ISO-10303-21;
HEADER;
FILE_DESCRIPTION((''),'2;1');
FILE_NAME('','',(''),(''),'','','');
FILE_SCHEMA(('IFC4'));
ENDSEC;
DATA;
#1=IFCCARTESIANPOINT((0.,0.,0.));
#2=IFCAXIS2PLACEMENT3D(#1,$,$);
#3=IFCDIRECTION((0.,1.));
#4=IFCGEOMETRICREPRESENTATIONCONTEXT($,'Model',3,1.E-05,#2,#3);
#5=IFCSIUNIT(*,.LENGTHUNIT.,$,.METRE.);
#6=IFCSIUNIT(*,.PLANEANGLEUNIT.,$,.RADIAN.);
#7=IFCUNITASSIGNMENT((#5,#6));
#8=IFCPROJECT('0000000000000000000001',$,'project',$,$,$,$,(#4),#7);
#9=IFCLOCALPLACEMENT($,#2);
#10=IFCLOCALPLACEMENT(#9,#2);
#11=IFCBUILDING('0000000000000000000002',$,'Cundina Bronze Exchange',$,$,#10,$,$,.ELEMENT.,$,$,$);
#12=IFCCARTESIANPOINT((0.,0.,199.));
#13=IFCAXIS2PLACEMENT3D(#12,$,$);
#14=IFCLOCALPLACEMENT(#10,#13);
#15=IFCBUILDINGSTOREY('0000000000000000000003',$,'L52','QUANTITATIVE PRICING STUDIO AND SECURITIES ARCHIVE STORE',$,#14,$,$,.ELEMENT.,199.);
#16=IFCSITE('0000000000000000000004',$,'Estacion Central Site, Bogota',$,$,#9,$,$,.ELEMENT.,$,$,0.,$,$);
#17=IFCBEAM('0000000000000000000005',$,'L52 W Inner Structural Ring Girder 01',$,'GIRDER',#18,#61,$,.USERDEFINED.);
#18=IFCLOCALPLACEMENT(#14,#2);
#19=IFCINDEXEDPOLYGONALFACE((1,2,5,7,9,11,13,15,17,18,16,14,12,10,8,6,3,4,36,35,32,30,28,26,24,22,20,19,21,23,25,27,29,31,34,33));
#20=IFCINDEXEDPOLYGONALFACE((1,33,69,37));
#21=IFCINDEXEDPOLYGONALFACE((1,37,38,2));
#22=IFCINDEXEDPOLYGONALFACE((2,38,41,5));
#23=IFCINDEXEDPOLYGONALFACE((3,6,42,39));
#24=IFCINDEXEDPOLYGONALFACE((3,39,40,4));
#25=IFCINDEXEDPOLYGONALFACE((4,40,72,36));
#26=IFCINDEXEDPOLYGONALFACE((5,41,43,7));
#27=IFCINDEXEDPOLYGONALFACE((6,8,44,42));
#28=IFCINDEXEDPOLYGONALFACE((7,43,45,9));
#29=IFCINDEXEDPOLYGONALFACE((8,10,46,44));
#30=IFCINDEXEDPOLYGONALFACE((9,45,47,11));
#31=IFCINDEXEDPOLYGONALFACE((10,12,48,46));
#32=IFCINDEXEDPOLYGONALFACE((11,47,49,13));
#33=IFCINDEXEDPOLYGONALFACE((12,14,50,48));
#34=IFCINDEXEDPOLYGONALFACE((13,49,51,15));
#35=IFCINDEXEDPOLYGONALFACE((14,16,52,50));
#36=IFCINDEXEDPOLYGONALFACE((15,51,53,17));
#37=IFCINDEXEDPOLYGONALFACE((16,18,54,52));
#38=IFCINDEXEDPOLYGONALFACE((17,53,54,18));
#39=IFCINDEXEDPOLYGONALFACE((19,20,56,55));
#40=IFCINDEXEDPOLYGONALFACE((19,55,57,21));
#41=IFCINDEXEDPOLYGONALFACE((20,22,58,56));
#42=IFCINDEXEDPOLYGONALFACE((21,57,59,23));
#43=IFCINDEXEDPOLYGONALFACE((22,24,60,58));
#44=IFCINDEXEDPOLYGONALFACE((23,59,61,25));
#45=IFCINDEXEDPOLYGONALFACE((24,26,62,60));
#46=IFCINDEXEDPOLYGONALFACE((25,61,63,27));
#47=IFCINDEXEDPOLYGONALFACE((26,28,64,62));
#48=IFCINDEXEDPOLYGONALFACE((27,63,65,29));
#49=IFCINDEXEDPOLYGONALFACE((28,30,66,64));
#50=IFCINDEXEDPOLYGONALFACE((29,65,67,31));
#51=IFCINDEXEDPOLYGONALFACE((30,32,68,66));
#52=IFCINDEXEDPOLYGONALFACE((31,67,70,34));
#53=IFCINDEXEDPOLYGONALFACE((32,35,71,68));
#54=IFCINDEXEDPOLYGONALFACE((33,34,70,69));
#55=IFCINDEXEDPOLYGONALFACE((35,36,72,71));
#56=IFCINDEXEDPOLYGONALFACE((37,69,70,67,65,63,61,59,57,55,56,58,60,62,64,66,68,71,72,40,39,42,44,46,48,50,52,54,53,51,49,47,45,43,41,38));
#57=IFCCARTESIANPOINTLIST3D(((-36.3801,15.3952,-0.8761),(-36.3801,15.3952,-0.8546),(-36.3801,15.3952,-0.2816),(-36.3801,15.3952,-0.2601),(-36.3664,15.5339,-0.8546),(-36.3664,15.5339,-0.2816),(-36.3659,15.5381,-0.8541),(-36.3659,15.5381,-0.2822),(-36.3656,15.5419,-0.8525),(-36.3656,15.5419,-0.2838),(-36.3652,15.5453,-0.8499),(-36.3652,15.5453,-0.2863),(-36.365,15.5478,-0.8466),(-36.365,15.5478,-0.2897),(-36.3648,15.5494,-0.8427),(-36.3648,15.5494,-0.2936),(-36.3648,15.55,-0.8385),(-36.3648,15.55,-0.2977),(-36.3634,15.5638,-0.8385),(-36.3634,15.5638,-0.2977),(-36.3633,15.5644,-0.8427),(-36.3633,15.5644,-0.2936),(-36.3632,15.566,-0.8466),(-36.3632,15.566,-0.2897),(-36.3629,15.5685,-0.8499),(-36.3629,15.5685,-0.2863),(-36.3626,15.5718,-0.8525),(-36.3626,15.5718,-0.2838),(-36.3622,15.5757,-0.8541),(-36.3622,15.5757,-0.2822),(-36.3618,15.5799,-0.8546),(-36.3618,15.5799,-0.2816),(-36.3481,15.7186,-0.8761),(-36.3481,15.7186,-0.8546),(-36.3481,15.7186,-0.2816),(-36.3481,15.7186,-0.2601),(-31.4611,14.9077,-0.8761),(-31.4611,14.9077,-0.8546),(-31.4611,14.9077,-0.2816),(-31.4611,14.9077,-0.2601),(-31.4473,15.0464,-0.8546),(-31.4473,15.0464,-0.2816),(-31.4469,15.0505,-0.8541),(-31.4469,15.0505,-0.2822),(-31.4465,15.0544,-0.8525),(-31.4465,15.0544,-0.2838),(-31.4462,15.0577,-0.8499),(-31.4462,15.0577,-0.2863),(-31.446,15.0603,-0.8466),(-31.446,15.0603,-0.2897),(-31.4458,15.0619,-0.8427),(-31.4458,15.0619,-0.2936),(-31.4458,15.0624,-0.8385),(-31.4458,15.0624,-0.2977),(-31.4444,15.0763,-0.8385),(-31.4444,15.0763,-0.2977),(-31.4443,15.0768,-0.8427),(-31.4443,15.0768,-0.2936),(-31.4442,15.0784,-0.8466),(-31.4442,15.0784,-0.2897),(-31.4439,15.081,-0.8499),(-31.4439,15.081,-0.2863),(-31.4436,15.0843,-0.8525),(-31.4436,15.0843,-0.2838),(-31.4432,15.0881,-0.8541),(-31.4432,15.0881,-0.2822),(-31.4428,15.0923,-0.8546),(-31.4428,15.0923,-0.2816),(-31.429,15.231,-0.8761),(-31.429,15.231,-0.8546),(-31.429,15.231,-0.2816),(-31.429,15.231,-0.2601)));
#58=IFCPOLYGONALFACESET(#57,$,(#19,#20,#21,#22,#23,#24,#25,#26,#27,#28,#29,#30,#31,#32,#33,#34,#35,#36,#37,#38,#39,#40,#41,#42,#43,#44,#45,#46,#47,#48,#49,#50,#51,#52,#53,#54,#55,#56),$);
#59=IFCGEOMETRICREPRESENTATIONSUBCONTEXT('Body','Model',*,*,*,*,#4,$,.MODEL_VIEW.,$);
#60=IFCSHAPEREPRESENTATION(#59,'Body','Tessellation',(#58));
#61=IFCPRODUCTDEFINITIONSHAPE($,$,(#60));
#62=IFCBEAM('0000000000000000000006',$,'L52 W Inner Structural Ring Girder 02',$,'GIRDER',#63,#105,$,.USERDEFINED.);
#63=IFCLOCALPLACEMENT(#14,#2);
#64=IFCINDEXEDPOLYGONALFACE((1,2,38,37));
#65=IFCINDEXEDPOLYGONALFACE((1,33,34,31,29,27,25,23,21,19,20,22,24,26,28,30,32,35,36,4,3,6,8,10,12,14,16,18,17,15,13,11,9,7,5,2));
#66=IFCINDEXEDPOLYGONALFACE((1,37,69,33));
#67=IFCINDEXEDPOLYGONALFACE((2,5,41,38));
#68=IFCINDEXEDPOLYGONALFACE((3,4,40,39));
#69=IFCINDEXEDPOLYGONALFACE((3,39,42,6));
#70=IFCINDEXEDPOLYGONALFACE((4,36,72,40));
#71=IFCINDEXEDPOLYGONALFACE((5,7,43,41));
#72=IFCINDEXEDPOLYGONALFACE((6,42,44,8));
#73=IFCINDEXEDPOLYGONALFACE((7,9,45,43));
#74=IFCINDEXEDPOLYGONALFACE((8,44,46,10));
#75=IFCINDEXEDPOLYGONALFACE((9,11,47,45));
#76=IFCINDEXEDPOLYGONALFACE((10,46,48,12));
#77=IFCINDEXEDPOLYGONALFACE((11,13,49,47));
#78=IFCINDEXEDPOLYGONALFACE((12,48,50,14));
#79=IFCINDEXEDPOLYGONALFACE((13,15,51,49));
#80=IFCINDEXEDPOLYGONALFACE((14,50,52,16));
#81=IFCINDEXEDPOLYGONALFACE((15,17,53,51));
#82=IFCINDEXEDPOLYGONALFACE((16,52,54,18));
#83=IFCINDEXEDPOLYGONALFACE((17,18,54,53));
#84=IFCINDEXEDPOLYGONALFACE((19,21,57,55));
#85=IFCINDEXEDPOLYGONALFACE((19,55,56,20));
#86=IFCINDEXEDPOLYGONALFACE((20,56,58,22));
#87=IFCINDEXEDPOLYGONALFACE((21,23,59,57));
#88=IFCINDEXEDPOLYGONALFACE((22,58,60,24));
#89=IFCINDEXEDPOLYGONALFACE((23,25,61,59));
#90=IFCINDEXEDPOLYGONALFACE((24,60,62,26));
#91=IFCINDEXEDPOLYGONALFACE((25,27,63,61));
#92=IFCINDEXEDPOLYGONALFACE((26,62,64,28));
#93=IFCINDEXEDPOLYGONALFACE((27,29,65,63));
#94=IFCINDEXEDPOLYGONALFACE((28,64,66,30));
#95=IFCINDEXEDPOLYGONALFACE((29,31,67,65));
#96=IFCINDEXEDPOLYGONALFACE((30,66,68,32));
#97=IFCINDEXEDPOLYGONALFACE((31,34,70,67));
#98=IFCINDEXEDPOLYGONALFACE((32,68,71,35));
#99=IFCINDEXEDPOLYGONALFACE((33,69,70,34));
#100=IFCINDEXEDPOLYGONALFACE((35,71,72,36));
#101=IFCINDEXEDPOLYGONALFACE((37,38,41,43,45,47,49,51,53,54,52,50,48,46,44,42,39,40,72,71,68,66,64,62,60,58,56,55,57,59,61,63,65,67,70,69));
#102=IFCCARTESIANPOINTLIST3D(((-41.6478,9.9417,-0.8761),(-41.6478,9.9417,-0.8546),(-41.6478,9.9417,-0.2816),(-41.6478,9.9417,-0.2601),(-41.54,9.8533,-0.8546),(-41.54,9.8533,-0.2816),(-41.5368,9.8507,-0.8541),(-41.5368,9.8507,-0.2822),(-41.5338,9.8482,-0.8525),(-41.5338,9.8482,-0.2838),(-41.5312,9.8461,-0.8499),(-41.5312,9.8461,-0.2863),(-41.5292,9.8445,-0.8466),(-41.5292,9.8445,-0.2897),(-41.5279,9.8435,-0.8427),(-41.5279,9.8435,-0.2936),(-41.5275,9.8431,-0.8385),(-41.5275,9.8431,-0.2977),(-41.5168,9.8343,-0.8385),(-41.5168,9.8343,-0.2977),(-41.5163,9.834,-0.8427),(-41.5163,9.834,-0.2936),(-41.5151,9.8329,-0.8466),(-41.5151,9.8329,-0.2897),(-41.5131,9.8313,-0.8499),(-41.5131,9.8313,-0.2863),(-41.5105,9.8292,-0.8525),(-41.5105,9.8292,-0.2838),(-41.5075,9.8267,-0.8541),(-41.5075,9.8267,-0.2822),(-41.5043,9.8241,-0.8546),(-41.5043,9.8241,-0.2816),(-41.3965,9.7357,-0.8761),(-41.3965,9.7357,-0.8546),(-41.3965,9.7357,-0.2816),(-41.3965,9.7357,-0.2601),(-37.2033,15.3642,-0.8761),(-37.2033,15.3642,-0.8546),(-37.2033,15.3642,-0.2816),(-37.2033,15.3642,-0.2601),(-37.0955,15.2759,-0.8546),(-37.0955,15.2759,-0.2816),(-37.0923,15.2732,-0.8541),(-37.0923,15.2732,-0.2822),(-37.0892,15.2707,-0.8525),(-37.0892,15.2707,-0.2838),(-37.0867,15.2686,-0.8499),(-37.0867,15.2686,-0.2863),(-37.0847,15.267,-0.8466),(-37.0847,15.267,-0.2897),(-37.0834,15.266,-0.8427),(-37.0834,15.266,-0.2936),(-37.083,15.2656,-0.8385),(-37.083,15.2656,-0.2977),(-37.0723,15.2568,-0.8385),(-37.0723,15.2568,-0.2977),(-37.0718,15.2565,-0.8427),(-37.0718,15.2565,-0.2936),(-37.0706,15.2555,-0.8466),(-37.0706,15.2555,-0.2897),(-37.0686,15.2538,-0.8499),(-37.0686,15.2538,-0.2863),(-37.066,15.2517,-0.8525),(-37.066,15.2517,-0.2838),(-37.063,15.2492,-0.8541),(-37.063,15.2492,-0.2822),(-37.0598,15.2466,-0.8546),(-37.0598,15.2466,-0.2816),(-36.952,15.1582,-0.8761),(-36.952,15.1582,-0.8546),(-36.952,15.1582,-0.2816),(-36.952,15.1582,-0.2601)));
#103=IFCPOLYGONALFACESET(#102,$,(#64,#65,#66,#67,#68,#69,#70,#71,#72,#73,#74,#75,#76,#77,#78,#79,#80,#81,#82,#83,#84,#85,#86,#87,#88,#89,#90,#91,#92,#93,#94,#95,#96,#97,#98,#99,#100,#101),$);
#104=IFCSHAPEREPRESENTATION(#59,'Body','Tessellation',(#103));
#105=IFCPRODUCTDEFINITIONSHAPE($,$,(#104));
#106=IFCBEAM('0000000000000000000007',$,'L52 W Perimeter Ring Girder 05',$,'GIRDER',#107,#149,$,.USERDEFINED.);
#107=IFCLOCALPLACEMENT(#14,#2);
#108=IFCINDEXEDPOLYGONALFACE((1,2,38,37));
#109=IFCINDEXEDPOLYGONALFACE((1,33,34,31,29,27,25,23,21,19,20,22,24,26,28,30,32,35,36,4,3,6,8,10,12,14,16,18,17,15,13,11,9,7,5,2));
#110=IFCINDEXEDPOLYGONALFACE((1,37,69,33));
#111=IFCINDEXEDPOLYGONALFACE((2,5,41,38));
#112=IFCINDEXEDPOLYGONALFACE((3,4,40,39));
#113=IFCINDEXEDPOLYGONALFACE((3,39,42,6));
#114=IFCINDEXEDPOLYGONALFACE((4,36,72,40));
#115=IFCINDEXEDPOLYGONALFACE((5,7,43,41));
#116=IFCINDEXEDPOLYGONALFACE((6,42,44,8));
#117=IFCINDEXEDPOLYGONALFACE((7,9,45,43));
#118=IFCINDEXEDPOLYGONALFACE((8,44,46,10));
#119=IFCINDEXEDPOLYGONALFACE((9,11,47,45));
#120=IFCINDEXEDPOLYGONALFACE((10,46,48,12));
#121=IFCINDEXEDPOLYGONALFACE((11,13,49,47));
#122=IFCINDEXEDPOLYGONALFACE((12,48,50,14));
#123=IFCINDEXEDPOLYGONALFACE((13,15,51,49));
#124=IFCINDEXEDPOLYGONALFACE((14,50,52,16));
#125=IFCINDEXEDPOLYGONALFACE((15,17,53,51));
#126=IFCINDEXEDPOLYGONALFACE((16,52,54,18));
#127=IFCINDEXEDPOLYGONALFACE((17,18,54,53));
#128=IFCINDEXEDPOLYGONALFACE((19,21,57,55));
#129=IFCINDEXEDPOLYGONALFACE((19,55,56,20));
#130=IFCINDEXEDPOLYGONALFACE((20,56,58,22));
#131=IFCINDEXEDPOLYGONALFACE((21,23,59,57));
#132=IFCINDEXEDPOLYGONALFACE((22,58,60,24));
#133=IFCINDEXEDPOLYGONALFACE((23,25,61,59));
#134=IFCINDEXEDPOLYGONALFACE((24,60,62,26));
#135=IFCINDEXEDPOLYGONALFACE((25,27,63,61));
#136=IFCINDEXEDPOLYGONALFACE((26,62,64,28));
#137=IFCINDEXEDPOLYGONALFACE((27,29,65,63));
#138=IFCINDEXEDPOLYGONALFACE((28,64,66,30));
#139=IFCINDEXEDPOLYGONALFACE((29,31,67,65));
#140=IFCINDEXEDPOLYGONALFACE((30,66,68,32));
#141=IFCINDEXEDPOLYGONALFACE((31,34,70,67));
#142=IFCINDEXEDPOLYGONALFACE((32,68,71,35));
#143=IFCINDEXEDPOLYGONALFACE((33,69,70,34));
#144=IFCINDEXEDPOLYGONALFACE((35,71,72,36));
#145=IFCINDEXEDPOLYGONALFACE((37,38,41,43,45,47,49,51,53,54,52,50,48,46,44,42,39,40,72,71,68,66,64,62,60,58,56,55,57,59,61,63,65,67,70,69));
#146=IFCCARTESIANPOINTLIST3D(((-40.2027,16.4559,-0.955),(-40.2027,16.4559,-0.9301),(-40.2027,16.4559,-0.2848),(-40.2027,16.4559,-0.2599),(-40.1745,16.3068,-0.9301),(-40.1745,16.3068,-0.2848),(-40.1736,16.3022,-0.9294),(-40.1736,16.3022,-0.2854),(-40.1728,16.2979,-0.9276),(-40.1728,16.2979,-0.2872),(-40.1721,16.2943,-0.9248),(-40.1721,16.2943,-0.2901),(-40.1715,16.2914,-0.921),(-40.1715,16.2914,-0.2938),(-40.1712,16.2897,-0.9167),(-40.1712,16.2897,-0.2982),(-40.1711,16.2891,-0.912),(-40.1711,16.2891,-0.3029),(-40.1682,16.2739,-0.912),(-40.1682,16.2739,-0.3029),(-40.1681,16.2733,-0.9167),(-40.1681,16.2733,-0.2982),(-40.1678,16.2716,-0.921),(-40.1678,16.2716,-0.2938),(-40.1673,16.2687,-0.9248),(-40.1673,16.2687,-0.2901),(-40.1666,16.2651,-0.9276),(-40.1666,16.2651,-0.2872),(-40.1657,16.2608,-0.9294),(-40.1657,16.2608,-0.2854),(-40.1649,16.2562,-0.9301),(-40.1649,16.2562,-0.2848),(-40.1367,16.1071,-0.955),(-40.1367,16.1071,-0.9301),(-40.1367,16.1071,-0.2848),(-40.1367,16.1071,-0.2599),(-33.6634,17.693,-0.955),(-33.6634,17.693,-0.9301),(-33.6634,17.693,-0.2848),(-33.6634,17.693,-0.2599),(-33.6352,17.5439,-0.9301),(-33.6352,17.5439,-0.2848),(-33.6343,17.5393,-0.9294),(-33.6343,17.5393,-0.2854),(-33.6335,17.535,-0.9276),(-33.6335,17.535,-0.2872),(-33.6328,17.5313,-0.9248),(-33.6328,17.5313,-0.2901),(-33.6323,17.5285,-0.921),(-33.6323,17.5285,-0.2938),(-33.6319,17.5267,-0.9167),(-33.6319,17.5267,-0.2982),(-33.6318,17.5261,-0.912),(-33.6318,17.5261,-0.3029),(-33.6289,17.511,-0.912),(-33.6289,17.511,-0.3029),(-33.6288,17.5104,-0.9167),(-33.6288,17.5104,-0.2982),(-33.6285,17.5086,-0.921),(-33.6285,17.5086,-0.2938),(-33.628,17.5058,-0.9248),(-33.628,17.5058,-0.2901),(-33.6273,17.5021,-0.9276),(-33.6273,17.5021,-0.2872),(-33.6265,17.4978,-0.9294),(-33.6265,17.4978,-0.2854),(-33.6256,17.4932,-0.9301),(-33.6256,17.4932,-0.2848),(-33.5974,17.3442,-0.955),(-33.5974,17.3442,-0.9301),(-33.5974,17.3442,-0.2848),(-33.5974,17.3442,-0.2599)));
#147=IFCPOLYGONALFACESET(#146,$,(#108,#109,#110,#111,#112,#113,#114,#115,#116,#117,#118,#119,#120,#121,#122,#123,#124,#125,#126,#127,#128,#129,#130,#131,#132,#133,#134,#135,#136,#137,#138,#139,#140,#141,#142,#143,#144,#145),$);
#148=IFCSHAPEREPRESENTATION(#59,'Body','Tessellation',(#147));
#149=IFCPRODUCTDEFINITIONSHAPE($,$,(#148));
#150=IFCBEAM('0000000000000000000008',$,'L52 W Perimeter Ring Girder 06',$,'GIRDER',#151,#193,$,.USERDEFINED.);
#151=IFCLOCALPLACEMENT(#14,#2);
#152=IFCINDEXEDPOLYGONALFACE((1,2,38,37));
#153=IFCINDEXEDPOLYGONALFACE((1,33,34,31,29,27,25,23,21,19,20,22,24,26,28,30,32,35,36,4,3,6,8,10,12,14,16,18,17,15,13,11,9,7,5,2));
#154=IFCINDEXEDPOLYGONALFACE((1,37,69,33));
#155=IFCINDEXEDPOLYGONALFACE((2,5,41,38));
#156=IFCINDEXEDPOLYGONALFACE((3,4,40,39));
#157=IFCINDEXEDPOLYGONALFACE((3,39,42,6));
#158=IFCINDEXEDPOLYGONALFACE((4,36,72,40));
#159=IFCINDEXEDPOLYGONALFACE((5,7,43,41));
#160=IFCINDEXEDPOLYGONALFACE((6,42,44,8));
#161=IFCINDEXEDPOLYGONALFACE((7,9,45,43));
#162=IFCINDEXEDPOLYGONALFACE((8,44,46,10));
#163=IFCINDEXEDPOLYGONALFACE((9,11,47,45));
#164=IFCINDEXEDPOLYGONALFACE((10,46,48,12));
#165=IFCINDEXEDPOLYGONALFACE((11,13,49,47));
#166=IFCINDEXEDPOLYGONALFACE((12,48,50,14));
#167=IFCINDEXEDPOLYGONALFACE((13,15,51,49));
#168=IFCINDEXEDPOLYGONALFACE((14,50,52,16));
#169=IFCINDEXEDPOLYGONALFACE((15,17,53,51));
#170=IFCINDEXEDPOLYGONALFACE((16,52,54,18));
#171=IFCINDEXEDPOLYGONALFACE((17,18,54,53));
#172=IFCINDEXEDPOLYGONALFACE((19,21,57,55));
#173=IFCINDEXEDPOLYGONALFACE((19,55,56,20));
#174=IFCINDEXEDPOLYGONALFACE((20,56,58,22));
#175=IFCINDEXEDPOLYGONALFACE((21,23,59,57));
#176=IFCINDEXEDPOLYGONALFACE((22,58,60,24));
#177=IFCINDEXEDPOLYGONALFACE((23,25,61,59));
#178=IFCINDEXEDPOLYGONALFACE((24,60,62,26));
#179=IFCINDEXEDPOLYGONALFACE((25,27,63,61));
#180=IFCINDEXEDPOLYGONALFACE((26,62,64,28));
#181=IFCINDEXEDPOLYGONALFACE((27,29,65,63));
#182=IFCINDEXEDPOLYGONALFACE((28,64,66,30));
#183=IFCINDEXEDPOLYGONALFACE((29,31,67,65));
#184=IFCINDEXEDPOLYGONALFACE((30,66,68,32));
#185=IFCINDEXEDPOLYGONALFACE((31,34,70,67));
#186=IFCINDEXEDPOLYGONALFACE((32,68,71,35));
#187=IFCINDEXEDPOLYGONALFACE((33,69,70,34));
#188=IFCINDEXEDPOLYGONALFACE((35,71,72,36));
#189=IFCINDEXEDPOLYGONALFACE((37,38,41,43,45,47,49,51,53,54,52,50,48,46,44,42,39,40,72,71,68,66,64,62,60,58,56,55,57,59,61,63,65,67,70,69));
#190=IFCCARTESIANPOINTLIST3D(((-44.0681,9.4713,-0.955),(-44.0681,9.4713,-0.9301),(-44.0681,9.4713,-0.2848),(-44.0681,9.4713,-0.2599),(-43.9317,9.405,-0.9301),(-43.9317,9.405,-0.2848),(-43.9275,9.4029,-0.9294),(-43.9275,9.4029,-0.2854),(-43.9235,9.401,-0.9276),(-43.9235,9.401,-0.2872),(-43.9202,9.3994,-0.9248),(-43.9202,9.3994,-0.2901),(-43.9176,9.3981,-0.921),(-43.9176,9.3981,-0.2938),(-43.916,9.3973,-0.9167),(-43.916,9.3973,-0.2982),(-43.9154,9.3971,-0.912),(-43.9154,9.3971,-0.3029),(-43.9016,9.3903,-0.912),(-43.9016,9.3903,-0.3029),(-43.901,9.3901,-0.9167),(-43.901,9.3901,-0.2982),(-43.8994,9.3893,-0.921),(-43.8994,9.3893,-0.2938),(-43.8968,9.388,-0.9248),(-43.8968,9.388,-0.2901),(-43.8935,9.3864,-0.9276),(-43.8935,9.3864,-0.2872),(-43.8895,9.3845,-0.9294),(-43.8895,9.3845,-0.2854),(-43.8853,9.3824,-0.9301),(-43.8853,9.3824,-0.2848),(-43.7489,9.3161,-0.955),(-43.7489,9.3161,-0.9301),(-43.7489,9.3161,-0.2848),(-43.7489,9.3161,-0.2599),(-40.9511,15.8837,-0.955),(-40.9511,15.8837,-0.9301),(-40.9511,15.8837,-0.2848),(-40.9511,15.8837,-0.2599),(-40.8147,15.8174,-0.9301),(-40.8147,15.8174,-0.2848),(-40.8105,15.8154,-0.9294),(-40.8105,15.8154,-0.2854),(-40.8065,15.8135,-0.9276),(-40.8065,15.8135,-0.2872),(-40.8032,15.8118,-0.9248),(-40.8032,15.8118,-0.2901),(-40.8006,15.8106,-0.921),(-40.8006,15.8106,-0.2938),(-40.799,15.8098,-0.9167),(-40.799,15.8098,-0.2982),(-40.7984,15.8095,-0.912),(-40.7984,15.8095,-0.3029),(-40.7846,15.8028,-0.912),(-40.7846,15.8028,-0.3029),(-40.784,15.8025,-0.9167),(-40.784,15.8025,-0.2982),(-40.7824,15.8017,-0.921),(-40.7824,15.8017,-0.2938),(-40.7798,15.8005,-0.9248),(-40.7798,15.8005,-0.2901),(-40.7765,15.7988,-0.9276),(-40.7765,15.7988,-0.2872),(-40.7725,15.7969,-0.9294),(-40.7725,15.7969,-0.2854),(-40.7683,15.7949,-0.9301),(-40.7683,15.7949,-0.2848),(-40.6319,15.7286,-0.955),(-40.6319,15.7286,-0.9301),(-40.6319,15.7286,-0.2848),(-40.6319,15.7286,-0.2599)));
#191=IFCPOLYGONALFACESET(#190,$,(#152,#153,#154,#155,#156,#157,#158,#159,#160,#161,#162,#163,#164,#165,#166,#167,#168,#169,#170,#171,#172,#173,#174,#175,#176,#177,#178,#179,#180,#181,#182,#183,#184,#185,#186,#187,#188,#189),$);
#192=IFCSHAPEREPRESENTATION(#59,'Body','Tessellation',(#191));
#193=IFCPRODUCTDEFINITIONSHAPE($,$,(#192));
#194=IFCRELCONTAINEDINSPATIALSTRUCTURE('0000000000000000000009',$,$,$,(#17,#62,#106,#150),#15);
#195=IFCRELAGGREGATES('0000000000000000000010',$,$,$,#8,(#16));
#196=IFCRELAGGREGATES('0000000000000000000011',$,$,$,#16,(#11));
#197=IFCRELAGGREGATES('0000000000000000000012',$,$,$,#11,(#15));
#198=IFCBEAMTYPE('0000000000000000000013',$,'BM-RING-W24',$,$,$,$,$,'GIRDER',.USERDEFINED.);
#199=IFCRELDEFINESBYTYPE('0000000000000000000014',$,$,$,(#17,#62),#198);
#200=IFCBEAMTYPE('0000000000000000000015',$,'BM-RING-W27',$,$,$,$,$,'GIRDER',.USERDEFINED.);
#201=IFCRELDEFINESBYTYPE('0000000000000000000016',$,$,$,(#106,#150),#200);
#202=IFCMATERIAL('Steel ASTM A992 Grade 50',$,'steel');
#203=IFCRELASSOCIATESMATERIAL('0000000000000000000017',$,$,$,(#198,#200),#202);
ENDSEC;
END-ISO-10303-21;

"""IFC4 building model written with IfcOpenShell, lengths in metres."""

from ifc_helpers import new_model, si_unit, direction, frame, origin, origin_2d, place, context, subcontext, project, spatial, i_section, extrude, material, material_profile, profile_set, type_object, element, save


model = new_model("IFC4")

# Units and contexts
model_context = context("Model", 3, precision=1e-05, world=origin(), true_north=direction((0.0, 1.0)))
body_context = subcontext(model_context, "Body", "Model", "MODEL_VIEW")
ifc_project = project(units=[si_unit("LENGTHUNIT", "METRE"), si_unit("PLANEANGLEUNIT", "RADIAN")], contexts=[model_context])

# Site, building, storey
site_placement = place(None, origin())
site = spatial("IfcSite", under=ifc_project, at=site_placement, Name="Estacion Central Site, Bogota", CompositionType="ELEMENT", RefElevation=0.0)
building_placement = place(site_placement, origin())
building = spatial("IfcBuilding", under=site, at=building_placement, Name="Cundina Bronze Exchange", CompositionType="ELEMENT")
storey_placement = place(building_placement, frame((0.0, 0.0, 199.0)))
storey = spatial("IfcBuildingStorey", under=building, at=storey_placement, Name="L52", Description="QUANTITATIVE PRICING STUDIO AND SECURITIES ARCHIVE STORE", CompositionType="ELEMENT", Elevation=199.0)

# Shared definitions
ifc_material_1 = material(Name="Steel ASTM A992 Grade 50", Category="steel")

# Beams
ifc_material_profile_1 = material_profile(ifc_material_1, i_section(OverallWidth=0.325, OverallDepth=0.616, WebThickness=0.0139, FlangeThickness=0.0215, FilletRadius=0.0161, at=origin_2d()), Name="W24X117", Category="steel")
ifc_profile_set_1 = profile_set([ifc_material_profile_1], Name="Steel ASTM A992 Grade 50")
beam_type_1 = type_object("IfcBeamType", Name="BM-RING-W24", ElementType="GIRDER", PredefinedType="USERDEFINED", material=ifc_profile_set_1)
beam_1_placement = place(storey_placement, frame((-31.4451, 15.0693, -0.5681), z_axis=(-0.995124, 0.098633, 0.0), x_axis=(-0.098633, -0.995124, 0.0)))
element("IfcBeam", 1, at=beam_1_placement, inside=storey, type_object=beam_type_1, Name="L52 W Inner Structural Ring Girder 01", ObjectType="GIRDER", PredefinedType="USERDEFINED", context=body_context, shape_type="SweptSolid", body=[
    extrude(i_section(OverallWidth=0.325, OverallDepth=0.616, WebThickness=0.0139, FlangeThickness=0.0215, FilletRadius=0.0161, at=origin_2d()), origin(), (0.0, 0.0, 1.0), 4.9431),
])
beam_2_placement = place(storey_placement, frame((-37.0776, 15.2612, -0.5681), z_axis=(-0.633913, -0.773405, 0.0), x_axis=(0.773405, -0.633913, 0.0)))
element("IfcBeam", 2, at=beam_2_placement, inside=storey, type_object=beam_type_1, Name="L52 W Inner Structural Ring Girder 02", ObjectType="GIRDER", PredefinedType="USERDEFINED", context=body_context, shape_type="SweptSolid", body=[
    extrude(i_section(OverallWidth=0.325, OverallDepth=0.616, WebThickness=0.0139, FlangeThickness=0.0215, FilletRadius=0.0161, at=origin_2d()), origin(), (0.0, 0.0, 1.0), 7.0112),
])
ifc_material_profile_2 = material_profile(ifc_material_1, i_section(OverallWidth=0.355, OverallDepth=0.6951, WebThickness=0.0154, FlangeThickness=0.0249, FilletRadius=0.0181, at=origin_2d()), Name="W27X146", Category="steel")
ifc_profile_set_2 = profile_set([ifc_material_profile_2], Name="Steel ASTM A992 Grade 50")
beam_type_2 = type_object("IfcBeamType", Name="BM-RING-W27", ElementType="GIRDER", PredefinedType="USERDEFINED", material=ifc_profile_set_2)
beam_3_placement = place(storey_placement, frame((-33.6304, 17.5186, -0.6074), z_axis=(-0.982573, -0.185876, 0.0), x_axis=(0.185876, -0.982573, 0.0)))
element("IfcBeam", 3, at=beam_3_placement, inside=storey, type_object=beam_type_2, Name="L52 W Perimeter Ring Girder 05", ObjectType="GIRDER", PredefinedType="USERDEFINED", context=body_context, shape_type="SweptSolid", body=[
    extrude(i_section(OverallWidth=0.355, OverallDepth=0.6951, WebThickness=0.0154, FlangeThickness=0.0249, FilletRadius=0.0181, at=origin_2d()), origin(), (0.0, 0.0, 1.0), 6.6553),
])
beam_4_placement = place(storey_placement, frame((-40.7915, 15.8062, -0.6074), z_axis=(-0.437173, -0.899377, 0.0), x_axis=(0.899377, -0.437173, 0.0)))
element("IfcBeam", 4, at=beam_4_placement, inside=storey, type_object=beam_type_2, Name="L52 W Perimeter Ring Girder 06", ObjectType="GIRDER", PredefinedType="USERDEFINED", context=body_context, shape_type="SweptSolid", body=[
    extrude(i_section(OverallWidth=0.355, OverallDepth=0.6951, WebThickness=0.0154, FlangeThickness=0.0249, FilletRadius=0.0181, at=origin_2d()), origin(), (0.0, 0.0, 1.0), 7.1299),
])

save(model, "model.ifc")
